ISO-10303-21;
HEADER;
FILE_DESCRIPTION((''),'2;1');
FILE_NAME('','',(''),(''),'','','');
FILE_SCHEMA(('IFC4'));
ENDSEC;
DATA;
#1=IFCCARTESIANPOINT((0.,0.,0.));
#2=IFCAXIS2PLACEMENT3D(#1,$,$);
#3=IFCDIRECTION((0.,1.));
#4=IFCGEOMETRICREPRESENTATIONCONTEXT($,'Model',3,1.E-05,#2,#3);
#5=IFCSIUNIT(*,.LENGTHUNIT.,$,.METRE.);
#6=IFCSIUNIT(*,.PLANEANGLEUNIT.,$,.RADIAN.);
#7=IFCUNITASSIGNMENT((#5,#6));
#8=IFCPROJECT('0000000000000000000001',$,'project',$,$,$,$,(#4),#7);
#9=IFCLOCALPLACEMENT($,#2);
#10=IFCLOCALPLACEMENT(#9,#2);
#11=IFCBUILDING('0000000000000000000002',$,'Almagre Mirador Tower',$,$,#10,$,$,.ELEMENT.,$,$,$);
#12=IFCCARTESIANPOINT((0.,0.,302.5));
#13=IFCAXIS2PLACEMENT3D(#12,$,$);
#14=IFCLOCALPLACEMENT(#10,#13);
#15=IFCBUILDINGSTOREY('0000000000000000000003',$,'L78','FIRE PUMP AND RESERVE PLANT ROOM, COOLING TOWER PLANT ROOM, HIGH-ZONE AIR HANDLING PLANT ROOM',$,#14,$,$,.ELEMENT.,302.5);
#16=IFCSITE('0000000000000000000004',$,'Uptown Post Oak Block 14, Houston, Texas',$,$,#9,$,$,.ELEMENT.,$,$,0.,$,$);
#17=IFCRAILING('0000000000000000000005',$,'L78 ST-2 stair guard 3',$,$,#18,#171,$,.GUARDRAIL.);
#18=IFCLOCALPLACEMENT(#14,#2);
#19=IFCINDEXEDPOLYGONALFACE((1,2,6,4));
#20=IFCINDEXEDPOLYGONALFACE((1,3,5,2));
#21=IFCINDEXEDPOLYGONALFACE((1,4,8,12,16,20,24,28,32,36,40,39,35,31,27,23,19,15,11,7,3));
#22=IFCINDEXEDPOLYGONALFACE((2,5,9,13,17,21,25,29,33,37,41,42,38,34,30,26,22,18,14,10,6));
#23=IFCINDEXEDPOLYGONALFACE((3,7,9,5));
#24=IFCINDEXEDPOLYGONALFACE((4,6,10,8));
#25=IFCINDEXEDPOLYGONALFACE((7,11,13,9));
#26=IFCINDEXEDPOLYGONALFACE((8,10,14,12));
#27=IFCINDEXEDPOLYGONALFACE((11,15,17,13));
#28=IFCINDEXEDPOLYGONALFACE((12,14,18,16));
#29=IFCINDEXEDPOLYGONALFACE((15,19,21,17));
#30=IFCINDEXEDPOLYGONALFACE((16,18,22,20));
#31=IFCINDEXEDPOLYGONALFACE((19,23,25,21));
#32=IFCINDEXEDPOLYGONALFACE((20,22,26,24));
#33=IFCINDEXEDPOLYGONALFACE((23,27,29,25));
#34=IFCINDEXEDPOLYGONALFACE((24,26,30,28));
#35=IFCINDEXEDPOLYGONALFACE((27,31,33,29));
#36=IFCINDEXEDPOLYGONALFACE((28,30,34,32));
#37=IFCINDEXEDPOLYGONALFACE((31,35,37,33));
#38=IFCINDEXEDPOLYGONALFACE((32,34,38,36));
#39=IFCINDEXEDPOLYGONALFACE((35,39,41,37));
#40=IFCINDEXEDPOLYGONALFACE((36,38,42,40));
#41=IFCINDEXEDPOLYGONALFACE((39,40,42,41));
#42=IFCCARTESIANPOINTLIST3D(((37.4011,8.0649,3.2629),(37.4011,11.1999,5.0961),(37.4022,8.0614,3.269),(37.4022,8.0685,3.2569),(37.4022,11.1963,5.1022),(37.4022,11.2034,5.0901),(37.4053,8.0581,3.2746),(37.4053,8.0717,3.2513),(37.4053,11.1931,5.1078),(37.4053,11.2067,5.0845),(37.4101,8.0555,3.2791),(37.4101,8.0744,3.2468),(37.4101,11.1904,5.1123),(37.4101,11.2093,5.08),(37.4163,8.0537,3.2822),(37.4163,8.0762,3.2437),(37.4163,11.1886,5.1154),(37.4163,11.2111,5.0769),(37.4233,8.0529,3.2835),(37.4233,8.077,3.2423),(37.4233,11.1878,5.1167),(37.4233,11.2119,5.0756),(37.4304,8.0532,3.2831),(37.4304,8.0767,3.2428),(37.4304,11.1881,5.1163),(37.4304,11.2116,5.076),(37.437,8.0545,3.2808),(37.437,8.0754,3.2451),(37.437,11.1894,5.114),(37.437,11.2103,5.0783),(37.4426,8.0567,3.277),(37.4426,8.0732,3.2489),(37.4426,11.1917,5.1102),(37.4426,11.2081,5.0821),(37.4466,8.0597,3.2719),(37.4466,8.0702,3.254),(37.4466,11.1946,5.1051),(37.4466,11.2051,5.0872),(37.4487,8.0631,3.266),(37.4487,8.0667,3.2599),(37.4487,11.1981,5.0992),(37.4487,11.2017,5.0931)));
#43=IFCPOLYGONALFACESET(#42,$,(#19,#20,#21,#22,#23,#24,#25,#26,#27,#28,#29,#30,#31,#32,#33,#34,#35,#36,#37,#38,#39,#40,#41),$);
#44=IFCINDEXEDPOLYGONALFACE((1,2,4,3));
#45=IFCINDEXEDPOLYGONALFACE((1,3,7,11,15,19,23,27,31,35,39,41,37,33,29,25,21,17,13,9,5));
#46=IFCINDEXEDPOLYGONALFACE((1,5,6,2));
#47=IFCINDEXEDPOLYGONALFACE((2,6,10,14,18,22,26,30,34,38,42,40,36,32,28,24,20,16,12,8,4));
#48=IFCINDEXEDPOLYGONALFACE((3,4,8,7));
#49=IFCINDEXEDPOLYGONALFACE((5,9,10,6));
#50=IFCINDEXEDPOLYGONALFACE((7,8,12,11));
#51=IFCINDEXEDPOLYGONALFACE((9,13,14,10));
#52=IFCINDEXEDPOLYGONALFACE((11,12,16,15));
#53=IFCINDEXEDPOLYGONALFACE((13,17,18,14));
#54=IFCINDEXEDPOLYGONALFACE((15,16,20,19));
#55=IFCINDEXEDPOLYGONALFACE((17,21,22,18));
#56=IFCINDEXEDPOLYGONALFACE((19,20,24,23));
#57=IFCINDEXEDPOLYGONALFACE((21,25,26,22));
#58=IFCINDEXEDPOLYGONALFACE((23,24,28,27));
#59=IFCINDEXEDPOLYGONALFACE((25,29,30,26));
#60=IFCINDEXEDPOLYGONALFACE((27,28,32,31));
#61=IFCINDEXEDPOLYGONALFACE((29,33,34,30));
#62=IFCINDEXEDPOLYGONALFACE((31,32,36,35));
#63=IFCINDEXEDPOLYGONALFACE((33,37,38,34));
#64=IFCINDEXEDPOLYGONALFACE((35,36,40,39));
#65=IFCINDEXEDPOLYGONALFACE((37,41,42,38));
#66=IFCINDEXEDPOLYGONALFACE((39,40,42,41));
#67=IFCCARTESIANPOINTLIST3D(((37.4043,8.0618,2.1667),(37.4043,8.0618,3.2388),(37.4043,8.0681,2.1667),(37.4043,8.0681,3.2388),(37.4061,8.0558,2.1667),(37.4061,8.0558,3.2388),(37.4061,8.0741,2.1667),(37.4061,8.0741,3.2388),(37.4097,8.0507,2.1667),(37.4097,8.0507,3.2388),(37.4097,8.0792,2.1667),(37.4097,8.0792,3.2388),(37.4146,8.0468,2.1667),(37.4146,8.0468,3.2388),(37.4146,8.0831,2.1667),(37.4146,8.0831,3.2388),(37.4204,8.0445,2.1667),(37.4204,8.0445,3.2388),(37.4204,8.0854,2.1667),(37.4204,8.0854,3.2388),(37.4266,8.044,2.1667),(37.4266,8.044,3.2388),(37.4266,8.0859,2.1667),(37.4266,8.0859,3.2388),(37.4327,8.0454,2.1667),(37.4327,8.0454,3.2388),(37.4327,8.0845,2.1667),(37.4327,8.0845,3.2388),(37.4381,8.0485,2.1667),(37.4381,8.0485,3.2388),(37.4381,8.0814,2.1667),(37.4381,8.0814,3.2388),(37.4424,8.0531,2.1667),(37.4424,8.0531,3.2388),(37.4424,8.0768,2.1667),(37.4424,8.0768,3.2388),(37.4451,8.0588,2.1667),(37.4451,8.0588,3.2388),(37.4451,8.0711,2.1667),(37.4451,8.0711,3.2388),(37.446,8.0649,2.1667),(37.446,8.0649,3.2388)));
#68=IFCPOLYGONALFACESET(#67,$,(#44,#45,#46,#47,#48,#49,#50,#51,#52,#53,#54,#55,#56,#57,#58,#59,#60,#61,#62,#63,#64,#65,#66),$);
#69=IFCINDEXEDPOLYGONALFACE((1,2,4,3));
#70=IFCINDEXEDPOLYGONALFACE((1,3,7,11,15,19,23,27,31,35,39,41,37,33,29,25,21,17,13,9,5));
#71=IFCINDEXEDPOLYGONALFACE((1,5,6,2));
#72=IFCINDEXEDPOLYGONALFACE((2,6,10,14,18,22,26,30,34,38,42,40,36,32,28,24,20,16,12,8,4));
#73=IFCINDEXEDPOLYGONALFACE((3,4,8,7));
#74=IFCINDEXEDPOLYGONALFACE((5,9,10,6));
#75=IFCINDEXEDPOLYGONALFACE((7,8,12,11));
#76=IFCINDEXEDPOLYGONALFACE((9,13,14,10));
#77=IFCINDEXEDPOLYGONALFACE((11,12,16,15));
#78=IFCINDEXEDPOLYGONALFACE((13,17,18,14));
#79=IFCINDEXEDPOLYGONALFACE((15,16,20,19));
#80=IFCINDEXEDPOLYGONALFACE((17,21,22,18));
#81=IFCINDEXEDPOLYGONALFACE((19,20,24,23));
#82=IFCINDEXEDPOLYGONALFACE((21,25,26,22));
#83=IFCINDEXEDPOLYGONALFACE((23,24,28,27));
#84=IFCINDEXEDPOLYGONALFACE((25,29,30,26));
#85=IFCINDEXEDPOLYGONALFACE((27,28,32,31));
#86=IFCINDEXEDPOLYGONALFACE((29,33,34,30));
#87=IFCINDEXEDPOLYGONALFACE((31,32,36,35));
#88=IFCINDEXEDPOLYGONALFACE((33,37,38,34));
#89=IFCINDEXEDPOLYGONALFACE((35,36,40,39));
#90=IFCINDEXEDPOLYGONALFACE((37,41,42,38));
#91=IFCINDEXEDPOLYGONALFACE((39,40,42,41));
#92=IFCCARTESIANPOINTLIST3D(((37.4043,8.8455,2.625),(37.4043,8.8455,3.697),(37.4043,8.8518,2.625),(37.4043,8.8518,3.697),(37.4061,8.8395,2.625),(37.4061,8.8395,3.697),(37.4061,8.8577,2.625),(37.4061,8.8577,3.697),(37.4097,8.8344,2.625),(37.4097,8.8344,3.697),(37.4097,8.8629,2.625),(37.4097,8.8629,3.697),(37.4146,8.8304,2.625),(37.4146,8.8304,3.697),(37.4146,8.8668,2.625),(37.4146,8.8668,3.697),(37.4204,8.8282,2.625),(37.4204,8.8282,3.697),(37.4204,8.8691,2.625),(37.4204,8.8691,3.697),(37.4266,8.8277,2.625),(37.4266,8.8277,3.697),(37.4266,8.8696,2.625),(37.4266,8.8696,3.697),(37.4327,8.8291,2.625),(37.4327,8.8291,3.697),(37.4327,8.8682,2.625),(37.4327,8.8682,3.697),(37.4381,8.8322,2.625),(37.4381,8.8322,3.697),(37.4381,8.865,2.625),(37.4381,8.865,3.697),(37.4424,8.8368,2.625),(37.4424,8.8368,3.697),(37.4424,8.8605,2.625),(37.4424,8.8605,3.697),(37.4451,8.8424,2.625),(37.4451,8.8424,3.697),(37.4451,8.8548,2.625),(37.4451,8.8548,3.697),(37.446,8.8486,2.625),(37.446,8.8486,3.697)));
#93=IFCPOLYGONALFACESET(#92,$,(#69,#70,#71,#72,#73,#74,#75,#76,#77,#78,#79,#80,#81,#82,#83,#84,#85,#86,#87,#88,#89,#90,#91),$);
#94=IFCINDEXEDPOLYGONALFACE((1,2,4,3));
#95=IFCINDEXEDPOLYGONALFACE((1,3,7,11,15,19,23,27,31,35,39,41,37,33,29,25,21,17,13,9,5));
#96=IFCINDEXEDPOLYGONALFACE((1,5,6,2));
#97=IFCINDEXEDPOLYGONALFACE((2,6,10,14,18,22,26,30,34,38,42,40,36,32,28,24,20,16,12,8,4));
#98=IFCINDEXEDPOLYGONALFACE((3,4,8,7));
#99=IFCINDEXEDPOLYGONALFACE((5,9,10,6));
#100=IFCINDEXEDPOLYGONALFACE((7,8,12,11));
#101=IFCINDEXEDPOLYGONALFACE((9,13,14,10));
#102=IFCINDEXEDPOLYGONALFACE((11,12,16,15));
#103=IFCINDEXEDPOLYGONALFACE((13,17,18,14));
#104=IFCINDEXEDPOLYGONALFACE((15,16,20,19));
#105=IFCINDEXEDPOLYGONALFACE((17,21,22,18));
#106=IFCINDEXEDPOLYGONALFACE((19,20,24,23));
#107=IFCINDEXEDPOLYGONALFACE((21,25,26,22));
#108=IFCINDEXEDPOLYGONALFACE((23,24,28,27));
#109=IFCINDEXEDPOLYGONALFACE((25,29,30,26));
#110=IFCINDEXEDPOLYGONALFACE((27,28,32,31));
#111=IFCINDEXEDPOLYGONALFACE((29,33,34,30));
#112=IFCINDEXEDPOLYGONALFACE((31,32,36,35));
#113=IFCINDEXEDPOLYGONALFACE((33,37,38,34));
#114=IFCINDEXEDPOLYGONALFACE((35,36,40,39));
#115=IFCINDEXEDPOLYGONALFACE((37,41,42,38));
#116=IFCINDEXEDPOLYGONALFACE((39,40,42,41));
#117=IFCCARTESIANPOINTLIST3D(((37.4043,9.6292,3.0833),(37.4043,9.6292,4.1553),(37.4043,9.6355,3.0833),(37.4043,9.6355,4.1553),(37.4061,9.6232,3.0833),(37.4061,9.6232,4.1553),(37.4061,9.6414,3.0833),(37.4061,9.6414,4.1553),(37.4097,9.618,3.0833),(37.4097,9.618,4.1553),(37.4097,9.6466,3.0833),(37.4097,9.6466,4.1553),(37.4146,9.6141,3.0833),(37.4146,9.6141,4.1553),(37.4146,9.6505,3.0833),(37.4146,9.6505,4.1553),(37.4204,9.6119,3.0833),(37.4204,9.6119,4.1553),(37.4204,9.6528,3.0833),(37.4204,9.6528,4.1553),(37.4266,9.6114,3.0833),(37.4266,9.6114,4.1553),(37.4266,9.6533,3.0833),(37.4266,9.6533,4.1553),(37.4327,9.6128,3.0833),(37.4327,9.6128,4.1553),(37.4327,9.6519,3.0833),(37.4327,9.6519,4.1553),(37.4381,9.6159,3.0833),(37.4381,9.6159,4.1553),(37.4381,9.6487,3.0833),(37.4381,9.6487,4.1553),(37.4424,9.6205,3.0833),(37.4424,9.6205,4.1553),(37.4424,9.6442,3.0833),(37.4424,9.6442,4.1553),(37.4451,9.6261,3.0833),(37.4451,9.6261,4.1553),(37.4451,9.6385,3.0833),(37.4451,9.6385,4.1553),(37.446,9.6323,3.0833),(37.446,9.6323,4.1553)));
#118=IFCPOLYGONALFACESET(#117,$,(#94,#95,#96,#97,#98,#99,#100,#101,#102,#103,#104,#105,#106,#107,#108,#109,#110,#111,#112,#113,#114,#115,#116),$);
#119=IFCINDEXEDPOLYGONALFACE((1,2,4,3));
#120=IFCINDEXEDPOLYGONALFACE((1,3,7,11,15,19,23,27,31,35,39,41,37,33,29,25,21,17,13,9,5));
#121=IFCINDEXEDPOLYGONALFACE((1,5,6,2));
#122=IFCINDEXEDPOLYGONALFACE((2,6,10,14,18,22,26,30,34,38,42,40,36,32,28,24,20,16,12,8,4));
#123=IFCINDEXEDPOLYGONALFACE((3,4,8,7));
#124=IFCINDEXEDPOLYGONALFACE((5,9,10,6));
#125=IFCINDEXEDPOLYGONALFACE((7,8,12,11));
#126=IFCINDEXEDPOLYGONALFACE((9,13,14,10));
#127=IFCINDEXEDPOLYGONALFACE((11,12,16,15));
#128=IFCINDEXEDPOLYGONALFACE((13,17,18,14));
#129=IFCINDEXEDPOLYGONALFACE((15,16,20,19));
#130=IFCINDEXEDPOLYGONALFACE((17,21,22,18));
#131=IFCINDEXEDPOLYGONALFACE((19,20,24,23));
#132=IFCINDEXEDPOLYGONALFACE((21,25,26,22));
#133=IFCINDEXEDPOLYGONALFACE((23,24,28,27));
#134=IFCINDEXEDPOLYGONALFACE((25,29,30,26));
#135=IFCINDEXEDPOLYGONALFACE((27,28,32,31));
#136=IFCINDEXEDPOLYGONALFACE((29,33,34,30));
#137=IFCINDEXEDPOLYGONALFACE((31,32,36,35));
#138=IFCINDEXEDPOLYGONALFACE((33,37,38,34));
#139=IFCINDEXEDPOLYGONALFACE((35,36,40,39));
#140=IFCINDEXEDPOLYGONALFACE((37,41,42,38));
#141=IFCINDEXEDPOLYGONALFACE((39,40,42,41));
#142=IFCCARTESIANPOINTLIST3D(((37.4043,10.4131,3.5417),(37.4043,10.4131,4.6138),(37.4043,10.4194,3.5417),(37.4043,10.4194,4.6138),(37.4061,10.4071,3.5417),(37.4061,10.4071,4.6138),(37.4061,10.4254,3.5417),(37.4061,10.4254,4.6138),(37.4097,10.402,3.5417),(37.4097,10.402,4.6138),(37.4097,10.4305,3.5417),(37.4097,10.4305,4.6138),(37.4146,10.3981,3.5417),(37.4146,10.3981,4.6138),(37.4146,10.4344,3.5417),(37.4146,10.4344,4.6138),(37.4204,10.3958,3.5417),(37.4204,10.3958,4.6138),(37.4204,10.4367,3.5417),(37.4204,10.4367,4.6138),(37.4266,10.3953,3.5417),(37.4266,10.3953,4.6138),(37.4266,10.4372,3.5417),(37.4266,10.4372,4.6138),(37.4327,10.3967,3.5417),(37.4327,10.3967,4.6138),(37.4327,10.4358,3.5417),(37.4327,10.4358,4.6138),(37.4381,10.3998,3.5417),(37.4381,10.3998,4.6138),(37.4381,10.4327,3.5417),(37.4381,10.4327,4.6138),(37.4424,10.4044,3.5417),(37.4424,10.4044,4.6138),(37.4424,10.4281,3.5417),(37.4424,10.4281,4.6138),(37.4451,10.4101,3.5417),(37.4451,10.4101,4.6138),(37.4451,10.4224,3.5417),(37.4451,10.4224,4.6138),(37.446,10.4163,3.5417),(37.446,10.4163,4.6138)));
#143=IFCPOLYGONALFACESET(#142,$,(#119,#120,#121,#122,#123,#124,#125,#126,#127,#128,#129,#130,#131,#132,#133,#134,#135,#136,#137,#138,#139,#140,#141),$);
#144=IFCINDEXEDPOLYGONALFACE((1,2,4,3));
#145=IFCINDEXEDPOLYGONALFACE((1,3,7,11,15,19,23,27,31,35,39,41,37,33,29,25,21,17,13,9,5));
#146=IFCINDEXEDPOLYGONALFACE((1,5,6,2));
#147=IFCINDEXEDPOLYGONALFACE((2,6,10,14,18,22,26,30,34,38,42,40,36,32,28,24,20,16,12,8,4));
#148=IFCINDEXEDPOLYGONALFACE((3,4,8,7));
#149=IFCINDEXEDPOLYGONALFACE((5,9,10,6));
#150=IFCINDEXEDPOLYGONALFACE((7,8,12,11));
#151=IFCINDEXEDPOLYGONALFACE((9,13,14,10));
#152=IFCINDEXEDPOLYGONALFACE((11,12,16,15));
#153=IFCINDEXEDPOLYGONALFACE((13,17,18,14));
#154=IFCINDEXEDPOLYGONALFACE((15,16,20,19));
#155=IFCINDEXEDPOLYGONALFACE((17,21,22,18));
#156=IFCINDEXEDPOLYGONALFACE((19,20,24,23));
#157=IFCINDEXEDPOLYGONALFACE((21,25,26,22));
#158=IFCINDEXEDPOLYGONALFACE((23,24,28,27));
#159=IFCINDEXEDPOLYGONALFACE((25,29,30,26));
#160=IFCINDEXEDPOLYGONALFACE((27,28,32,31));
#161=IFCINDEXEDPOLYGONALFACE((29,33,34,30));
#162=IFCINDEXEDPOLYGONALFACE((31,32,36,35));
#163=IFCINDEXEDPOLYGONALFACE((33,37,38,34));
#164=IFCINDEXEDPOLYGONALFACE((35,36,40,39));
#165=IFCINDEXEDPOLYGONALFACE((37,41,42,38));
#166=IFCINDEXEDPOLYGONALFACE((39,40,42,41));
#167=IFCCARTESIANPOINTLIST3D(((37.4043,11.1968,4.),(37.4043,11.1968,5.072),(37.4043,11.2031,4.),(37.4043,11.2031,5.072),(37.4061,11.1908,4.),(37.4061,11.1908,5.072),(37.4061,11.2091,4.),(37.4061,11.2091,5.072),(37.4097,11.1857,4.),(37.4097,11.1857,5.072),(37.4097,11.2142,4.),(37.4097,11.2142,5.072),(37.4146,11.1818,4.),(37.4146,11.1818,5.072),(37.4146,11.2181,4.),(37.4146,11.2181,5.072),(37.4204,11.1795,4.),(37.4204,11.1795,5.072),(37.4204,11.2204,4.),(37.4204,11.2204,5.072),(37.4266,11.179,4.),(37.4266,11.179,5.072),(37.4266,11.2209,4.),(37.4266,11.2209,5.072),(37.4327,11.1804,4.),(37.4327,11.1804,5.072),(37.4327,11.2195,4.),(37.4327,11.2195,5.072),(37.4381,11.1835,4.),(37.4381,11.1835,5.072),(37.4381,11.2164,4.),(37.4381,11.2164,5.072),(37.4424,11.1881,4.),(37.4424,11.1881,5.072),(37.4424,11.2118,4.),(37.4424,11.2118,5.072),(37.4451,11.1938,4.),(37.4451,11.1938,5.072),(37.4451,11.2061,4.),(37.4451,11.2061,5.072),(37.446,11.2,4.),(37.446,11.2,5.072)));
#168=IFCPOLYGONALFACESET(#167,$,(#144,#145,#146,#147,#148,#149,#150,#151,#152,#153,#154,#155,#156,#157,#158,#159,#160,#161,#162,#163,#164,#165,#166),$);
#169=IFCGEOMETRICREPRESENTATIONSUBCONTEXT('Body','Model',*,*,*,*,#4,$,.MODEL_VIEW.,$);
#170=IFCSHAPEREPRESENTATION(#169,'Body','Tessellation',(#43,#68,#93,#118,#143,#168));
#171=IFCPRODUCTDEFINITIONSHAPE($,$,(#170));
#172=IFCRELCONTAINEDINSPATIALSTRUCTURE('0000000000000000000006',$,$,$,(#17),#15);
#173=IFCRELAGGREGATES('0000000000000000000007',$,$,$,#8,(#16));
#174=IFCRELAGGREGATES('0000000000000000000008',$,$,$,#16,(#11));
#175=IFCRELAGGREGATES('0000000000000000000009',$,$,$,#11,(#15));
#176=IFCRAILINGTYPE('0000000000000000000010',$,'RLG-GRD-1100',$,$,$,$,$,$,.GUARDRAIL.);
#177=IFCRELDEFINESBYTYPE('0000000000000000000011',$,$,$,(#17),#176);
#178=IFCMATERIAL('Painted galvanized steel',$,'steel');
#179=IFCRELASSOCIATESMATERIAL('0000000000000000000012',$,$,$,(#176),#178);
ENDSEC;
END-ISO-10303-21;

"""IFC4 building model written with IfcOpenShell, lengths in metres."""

from ifc_helpers import new_model, si_unit, direction, frame, origin, origin_2d, place, context, subcontext, project, spatial, circle, extrude, material, type_object, element, save


model = new_model("IFC4")

# Units and contexts
model_context = context("Model", 3, precision=1e-05, world=origin(), true_north=direction((0.0, 1.0)))
body_context = subcontext(model_context, "Body", "Model", "MODEL_VIEW")
ifc_project = project(units=[si_unit("LENGTHUNIT", "METRE"), si_unit("PLANEANGLEUNIT", "RADIAN")], contexts=[model_context])

# Site, building, storey
site_placement = place(None, origin())
site = spatial("IfcSite", under=ifc_project, at=site_placement, Name="Uptown Post Oak Block 14, Houston, Texas", CompositionType="ELEMENT", RefElevation=0.0)
building_placement = place(site_placement, origin())
building = spatial("IfcBuilding", under=site, at=building_placement, Name="Almagre Mirador Tower", CompositionType="ELEMENT")
storey_placement = place(building_placement, frame((0.0, 0.0, 302.5)))
storey = spatial("IfcBuildingStorey", under=building, at=storey_placement, Name="L78", Description="FIRE PUMP AND RESERVE PLANT ROOM, COOLING TOWER PLANT ROOM, HIGH-ZONE AIR HANDLING PLANT ROOM", CompositionType="ELEMENT", Elevation=302.5)

# Railing
ifc_material_1 = material(Name="Painted galvanized steel", Category="steel")
railing_type_1 = type_object("IfcRailingType", Name="RLG-GRD-1100", PredefinedType="GUARDRAIL", material=ifc_material_1)
railing_1_placement = place(storey_placement, frame((37.425, 8.0649, 2.1667)))
element("IfcRailing", 1, at=railing_1_placement, inside=storey, type_object=railing_type_1, Name="L78 ST-2 stair guard 3", PredefinedType="GUARDRAIL", context=body_context, shape_type="SweptSolid", body=[
    extrude(circle(Radius=0.0239, at=origin_2d()), frame((0.0, 0.0, 1.0962), z_axis=(0.0, 0.86324, 0.504794), x_axis=(-1.0, 0.0, 0.0)), (0.0, 0.0, 1.0), 3.6316),
    extrude(circle(Radius=0.021, at=origin_2d()), origin(), (0.0, 0.0, 1.0), 1.072),
    extrude(circle(Radius=0.021, at=origin_2d()), frame((0.0, 0.7837, 0.4583)), (0.0, 0.0, 1.0), 1.072),
    extrude(circle(Radius=0.021, at=origin_2d()), frame((0.0, 1.5674, 0.9165)), (0.0, 0.0, 1.0), 1.072),
    extrude(circle(Radius=0.021, at=origin_2d()), frame((0.0, 2.3513, 1.375)), (0.0, 0.0, 1.0), 1.072),
    extrude(circle(Radius=0.021, at=origin_2d()), frame((0.0, 3.135, 1.8333)), (0.0, 0.0, 1.0), 1.072),
])

save(model, "model.ifc")
